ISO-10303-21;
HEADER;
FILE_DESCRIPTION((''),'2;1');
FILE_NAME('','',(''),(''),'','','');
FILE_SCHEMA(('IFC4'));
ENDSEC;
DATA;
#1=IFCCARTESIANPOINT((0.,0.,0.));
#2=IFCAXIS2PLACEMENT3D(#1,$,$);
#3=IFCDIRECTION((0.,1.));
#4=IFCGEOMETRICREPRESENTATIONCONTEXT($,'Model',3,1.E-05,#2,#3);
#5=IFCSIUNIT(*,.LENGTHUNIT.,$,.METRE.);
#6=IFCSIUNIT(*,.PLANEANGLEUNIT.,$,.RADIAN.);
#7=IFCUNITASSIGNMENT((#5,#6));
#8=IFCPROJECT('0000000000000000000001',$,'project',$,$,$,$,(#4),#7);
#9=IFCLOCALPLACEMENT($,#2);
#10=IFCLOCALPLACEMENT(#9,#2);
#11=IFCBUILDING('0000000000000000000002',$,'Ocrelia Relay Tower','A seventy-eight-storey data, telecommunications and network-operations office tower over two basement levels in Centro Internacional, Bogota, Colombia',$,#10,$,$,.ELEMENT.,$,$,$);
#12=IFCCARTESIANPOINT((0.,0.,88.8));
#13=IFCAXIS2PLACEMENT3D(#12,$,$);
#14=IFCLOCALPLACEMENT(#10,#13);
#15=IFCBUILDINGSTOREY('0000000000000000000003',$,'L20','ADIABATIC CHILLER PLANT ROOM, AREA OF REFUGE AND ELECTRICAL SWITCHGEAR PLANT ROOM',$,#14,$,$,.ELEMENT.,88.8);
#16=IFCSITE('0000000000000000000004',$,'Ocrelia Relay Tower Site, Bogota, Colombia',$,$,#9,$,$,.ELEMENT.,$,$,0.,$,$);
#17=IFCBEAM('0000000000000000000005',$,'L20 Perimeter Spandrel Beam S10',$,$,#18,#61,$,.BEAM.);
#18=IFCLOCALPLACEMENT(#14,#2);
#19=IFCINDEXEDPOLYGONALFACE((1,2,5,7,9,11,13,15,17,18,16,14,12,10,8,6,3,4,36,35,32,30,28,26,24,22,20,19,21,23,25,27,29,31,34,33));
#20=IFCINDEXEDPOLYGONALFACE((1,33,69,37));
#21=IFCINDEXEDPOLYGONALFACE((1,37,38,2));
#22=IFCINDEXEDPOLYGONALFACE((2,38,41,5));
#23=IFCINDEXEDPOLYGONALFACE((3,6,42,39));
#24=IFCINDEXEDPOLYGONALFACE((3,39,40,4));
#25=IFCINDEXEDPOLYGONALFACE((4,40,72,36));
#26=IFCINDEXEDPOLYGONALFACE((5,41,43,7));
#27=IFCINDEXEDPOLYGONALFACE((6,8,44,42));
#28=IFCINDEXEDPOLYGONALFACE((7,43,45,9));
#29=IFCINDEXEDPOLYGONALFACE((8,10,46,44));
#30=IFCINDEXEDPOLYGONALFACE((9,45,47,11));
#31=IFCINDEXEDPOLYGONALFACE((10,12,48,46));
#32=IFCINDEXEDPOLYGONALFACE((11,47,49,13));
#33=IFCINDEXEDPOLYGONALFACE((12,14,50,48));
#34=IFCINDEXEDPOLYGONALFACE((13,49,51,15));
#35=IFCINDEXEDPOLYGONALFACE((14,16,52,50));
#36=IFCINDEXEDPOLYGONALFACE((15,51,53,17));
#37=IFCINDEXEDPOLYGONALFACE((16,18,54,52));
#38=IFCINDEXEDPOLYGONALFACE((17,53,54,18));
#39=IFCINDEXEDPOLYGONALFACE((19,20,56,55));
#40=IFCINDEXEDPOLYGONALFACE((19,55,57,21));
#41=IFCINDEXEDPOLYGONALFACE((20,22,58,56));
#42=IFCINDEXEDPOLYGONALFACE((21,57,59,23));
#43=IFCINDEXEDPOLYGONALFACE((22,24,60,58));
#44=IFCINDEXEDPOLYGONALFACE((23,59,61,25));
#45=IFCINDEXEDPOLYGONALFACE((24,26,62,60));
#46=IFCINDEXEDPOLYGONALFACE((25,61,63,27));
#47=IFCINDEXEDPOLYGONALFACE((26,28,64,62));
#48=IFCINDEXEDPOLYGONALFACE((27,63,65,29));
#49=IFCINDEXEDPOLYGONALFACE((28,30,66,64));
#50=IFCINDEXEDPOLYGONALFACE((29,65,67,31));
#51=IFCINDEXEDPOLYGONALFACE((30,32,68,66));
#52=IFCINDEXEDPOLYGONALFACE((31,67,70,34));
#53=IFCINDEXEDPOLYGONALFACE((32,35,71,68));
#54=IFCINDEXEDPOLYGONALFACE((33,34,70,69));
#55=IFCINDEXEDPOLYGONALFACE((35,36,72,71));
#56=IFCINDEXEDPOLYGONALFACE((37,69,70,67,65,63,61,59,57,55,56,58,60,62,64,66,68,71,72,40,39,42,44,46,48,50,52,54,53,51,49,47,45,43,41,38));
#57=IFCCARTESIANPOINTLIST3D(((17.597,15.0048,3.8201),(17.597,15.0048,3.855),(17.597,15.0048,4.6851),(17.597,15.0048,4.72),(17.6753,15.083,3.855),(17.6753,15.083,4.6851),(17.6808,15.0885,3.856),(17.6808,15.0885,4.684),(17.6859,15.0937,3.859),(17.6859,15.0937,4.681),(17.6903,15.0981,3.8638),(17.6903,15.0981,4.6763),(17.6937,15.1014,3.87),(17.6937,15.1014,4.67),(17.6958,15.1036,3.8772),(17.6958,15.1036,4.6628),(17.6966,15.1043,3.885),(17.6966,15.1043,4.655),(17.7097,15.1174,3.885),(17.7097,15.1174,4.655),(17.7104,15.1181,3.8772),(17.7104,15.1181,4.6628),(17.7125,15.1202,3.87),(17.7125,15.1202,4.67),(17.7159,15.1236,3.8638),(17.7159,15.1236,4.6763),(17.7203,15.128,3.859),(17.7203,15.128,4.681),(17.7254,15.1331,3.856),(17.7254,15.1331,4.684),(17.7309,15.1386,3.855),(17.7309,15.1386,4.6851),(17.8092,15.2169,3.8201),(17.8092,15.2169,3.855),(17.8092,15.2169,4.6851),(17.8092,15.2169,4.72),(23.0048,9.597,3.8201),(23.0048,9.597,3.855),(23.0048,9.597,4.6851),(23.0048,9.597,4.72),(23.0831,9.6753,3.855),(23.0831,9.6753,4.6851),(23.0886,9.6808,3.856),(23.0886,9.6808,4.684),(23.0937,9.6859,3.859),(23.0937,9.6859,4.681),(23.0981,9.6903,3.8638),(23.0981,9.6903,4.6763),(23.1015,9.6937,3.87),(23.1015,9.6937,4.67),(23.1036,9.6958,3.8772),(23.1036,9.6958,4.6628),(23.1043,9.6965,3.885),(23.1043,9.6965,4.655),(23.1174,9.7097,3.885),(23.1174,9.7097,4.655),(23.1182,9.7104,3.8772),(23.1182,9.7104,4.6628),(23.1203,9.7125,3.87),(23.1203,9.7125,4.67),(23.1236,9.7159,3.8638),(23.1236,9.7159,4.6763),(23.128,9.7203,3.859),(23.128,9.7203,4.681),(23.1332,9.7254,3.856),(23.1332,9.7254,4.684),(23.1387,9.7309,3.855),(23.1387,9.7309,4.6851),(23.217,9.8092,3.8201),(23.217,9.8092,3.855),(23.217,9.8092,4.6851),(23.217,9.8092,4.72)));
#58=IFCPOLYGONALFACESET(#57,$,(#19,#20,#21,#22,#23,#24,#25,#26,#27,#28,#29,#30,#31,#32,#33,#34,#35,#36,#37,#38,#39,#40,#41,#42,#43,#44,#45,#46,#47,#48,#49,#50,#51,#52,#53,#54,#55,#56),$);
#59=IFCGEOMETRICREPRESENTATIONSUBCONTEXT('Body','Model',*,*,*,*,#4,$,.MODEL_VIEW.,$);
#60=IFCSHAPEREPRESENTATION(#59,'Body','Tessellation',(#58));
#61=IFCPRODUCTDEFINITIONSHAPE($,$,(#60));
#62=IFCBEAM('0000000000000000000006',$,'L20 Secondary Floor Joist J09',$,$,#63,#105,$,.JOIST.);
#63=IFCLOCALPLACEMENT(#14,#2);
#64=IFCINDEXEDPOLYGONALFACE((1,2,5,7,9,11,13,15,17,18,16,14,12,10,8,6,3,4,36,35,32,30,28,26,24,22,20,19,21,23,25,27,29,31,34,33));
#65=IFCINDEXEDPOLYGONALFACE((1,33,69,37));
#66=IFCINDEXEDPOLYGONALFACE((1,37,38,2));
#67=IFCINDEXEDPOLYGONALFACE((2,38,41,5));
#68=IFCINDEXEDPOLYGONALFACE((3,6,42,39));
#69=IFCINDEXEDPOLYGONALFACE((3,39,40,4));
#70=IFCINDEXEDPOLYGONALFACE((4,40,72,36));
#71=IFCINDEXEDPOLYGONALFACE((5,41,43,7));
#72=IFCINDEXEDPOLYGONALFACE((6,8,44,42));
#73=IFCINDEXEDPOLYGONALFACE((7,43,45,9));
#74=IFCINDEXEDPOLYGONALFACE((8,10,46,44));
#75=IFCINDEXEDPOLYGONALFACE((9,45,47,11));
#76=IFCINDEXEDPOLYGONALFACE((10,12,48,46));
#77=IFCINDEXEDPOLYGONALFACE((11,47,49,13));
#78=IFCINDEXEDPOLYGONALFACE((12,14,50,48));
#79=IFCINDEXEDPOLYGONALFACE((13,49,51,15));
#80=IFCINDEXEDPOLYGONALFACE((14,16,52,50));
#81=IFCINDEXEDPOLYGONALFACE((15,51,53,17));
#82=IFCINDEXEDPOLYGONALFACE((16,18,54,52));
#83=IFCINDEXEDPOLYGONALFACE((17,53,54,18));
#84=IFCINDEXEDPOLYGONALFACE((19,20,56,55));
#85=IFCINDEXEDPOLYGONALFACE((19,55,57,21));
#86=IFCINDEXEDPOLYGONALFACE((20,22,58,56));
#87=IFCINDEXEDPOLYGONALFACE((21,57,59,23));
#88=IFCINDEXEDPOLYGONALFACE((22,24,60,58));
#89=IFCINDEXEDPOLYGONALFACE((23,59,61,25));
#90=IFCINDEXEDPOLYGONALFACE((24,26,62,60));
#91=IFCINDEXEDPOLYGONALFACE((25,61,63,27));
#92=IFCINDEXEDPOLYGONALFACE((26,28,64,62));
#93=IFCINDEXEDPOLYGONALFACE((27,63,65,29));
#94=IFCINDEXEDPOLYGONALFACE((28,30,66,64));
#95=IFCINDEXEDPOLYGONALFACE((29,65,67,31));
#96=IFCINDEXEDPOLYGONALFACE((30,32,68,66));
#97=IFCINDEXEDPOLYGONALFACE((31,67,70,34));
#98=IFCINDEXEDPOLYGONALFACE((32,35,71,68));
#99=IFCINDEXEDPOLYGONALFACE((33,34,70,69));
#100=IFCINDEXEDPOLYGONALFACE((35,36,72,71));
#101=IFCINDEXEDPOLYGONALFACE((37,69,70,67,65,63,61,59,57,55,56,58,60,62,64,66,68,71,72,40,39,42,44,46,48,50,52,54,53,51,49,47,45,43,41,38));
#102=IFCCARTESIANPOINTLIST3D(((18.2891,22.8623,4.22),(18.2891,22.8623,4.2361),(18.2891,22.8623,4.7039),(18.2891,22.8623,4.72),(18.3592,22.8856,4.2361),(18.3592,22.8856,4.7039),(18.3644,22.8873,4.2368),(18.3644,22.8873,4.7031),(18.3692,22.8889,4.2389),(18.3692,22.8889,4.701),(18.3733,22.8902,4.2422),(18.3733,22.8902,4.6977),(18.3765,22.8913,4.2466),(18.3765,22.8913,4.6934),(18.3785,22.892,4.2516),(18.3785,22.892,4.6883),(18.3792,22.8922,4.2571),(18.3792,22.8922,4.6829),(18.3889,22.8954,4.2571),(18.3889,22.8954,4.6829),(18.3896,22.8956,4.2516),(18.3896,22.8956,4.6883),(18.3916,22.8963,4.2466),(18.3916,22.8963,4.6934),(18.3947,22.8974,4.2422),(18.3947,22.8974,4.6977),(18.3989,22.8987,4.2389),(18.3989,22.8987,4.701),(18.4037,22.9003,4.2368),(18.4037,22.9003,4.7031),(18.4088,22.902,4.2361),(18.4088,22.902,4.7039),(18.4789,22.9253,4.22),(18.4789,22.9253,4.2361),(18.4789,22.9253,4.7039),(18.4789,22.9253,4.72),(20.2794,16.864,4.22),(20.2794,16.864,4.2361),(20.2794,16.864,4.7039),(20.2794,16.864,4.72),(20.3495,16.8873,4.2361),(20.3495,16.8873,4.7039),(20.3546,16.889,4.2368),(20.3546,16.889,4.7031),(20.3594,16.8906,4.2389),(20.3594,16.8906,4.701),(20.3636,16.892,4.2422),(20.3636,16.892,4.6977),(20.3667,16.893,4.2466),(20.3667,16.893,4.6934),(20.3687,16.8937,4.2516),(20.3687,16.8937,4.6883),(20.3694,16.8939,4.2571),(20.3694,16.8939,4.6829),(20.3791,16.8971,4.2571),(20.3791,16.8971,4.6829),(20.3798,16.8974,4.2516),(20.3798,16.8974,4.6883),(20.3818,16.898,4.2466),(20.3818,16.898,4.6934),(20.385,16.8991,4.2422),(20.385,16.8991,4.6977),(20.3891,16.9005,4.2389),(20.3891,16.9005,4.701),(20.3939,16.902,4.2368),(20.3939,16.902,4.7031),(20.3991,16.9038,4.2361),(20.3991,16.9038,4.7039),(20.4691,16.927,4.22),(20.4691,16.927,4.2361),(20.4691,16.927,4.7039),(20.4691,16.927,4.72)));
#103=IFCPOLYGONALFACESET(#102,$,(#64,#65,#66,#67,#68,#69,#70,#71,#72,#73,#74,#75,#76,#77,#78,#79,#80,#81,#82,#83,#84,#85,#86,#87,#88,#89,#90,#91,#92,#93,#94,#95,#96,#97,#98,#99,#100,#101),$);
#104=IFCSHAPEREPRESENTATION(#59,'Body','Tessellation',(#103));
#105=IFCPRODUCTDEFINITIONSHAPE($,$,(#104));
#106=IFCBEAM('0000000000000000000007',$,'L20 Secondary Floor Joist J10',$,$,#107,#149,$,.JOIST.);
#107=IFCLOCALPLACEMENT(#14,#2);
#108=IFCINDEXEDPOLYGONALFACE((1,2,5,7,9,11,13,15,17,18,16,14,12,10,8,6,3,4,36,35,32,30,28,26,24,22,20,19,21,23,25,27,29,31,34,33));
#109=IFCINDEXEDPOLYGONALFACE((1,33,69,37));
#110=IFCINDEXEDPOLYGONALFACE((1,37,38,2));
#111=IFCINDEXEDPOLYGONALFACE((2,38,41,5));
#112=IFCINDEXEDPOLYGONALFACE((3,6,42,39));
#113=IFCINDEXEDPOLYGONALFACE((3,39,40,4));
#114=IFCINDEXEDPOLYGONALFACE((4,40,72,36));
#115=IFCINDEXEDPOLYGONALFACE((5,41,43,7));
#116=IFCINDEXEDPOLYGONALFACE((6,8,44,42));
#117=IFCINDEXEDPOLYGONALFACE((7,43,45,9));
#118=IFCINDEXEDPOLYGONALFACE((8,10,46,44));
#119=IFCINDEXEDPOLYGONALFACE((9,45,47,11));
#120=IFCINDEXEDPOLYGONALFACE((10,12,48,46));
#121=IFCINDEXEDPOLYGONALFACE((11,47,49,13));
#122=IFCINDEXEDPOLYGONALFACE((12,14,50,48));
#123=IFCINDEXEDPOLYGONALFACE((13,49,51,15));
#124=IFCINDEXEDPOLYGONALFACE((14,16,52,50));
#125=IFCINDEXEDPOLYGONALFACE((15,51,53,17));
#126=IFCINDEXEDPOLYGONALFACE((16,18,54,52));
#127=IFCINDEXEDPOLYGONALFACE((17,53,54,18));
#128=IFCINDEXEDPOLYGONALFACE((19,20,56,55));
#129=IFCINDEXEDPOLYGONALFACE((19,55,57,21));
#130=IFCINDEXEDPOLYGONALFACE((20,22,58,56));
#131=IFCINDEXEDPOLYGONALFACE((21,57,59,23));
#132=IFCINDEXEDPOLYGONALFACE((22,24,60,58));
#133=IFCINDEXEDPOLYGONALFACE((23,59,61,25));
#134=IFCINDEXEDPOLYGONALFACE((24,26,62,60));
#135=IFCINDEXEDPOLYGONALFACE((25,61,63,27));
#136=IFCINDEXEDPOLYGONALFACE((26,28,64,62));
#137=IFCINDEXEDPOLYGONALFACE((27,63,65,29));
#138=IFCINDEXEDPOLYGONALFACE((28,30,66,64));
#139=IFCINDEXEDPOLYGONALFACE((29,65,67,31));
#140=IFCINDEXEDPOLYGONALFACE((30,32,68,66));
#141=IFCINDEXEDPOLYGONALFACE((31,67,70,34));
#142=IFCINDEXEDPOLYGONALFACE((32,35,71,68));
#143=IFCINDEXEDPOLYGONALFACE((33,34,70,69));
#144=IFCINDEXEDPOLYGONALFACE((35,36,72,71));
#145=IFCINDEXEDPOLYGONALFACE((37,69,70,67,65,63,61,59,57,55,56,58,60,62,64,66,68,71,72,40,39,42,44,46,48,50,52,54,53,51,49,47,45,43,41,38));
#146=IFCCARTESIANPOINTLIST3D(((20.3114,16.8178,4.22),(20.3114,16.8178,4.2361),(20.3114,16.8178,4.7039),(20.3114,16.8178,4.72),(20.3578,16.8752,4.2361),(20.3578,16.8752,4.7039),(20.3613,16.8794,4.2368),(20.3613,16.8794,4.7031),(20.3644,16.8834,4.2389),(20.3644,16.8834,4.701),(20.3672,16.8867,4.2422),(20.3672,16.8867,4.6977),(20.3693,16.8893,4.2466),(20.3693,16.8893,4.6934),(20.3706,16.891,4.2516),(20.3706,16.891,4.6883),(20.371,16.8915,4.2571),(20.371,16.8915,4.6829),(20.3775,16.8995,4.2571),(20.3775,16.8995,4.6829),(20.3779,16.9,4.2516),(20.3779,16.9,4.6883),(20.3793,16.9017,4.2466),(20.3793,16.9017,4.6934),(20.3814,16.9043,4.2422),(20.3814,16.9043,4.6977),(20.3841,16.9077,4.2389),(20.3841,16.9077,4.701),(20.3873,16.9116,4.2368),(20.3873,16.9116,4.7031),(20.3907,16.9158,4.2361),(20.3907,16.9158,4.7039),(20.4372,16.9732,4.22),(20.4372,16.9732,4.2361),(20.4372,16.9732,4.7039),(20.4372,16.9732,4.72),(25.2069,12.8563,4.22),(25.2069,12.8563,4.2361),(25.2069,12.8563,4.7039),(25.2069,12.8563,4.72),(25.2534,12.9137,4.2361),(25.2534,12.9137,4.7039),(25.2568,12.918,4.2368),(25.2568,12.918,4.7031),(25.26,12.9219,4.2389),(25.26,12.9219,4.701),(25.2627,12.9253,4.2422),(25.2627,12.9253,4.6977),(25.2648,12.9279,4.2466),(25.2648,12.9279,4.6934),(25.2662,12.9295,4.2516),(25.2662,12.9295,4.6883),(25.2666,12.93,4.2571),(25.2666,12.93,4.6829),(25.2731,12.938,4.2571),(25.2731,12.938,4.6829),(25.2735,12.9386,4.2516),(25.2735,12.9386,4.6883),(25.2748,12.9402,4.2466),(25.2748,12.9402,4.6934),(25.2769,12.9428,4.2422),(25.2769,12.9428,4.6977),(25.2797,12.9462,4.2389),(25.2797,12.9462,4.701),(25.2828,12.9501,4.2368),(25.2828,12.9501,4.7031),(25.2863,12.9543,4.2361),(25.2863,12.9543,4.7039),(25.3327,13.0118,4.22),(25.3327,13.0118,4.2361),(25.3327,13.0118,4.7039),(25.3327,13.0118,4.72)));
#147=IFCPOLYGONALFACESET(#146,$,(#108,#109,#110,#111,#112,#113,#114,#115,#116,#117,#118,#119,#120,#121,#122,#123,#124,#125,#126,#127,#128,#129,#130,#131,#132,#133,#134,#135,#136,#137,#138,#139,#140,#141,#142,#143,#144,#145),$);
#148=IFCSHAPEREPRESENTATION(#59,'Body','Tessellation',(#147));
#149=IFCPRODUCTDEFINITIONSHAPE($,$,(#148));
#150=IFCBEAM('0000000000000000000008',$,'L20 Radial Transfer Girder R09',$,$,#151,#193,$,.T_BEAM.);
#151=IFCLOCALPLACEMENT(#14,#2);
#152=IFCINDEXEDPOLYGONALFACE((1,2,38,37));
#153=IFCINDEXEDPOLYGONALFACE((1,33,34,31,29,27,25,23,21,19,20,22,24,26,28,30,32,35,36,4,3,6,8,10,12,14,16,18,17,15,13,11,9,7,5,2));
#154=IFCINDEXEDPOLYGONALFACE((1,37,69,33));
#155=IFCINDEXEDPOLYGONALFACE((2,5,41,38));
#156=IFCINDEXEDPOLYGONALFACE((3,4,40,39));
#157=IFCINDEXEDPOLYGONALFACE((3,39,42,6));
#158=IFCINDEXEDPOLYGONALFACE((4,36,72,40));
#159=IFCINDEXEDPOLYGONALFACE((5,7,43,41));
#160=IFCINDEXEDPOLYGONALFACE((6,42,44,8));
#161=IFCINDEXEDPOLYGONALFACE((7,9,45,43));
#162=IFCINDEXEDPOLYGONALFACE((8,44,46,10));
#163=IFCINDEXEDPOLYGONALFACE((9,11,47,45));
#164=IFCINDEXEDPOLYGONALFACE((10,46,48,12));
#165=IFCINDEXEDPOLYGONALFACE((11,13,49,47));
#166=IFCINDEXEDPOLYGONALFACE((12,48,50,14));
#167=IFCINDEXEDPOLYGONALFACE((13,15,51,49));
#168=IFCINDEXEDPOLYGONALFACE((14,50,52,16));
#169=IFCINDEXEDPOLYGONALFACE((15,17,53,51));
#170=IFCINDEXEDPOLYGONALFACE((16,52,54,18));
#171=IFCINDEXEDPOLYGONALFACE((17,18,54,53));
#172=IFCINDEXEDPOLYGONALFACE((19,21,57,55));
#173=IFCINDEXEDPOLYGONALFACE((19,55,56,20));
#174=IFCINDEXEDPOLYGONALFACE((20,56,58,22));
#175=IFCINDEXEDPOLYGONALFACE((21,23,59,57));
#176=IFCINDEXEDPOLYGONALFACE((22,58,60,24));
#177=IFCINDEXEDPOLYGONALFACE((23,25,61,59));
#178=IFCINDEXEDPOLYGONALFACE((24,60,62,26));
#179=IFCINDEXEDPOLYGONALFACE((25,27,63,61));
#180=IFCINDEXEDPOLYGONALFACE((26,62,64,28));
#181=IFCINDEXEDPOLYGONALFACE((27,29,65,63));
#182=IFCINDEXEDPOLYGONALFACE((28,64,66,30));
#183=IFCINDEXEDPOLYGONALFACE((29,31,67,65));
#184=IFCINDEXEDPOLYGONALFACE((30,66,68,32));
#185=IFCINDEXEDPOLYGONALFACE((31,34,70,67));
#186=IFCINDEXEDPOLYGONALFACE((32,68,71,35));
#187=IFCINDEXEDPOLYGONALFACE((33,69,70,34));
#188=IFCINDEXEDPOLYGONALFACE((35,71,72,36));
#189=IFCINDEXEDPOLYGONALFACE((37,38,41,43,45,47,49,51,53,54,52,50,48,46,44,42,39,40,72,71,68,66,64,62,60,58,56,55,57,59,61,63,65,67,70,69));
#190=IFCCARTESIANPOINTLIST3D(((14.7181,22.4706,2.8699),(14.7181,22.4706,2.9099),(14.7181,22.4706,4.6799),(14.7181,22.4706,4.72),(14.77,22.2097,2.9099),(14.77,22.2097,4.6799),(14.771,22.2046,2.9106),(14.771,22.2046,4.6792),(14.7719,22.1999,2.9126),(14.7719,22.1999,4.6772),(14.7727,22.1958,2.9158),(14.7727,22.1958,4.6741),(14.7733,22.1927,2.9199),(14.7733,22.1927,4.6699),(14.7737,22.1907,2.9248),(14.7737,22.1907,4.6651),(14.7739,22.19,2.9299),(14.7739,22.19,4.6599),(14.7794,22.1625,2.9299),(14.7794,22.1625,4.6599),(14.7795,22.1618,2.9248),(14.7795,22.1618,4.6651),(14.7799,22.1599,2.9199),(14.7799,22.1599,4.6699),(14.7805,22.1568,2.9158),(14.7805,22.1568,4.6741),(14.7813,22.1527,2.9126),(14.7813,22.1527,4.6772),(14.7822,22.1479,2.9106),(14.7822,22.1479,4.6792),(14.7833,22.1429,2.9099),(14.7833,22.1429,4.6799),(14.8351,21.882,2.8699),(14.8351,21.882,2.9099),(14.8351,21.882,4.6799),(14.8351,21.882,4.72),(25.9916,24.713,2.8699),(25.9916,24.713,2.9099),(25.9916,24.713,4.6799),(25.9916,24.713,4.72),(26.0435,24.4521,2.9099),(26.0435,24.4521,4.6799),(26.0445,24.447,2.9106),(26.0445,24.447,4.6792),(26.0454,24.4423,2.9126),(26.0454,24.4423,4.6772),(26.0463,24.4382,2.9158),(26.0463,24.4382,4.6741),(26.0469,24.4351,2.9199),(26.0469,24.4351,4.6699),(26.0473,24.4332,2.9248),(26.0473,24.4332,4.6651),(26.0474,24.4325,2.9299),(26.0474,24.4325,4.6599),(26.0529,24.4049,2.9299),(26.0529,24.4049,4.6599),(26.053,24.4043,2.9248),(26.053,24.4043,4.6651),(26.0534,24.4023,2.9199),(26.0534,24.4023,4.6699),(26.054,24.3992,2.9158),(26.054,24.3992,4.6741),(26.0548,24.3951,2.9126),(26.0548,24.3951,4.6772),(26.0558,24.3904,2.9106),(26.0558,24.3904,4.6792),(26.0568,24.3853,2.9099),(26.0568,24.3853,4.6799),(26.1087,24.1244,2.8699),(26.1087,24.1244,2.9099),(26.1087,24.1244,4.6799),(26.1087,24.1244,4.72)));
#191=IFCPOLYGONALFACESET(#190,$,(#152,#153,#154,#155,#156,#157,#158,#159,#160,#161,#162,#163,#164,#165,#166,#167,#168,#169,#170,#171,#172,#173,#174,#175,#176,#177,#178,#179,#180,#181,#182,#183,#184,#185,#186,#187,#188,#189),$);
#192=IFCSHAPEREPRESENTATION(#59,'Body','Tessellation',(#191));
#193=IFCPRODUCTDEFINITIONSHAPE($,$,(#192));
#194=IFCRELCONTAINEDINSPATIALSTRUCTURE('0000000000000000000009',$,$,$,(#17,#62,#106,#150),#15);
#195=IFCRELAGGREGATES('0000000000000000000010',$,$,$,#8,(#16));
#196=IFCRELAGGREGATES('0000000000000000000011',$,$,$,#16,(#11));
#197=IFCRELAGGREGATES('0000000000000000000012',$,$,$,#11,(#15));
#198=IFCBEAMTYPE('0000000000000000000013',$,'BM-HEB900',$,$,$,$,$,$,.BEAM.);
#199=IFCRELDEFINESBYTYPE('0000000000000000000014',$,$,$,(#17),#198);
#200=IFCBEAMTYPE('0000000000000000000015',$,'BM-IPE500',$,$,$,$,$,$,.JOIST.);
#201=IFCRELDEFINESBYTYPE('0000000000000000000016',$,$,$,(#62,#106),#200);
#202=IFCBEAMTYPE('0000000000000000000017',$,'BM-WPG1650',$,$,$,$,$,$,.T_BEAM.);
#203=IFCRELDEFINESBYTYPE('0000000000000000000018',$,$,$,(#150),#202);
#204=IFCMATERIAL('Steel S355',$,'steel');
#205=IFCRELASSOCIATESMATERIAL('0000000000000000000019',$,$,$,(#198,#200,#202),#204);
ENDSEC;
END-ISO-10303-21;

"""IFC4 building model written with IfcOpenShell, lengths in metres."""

from ifc_helpers import new_model, si_unit, direction, frame, origin, origin_2d, place, context, subcontext, project, spatial, i_section, extrude, material, material_profile, profile_set, type_object, element, save


model = new_model("IFC4")

# Units and contexts
model_context = context("Model", 3, precision=1e-05, world=origin(), true_north=direction((0.0, 1.0)))
body_context = subcontext(model_context, "Body", "Model", "MODEL_VIEW")
ifc_project = project(units=[si_unit("LENGTHUNIT", "METRE"), si_unit("PLANEANGLEUNIT", "RADIAN")], contexts=[model_context])

# Site, building, storey
site_placement = place(None, origin())
site = spatial("IfcSite", under=ifc_project, at=site_placement, Name="Ocrelia Relay Tower Site, Bogota, Colombia", CompositionType="ELEMENT", RefElevation=0.0)
building_placement = place(site_placement, origin())
building = spatial("IfcBuilding", under=site, at=building_placement, Name="Ocrelia Relay Tower", Description="A seventy-eight-storey data, telecommunications and network-operations office tower over two basement levels in Centro Internacional, Bogota, Colombia", CompositionType="ELEMENT")
storey_placement = place(building_placement, frame((0.0, 0.0, 88.8)))
storey = spatial("IfcBuildingStorey", under=building, at=storey_placement, Name="L20", Description="ADIABATIC CHILLER PLANT ROOM, AREA OF REFUGE AND ELECTRICAL SWITCHGEAR PLANT ROOM", CompositionType="ELEMENT", Elevation=88.8)

# Beams
ifc_material_1 = material(Name="Steel S355", Category="steel")
ifc_material_profile_1 = material_profile(ifc_material_1, i_section(OverallWidth=0.3, OverallDepth=0.8999, WebThickness=0.0186, FlangeThickness=0.0349, FilletRadius=0.03, at=origin_2d()), Name="HEB 900")
ifc_profile_set_1 = profile_set([ifc_material_profile_1], Name="Steel S355")
beam_type_1 = type_object("IfcBeamType", Name="BM-HEB900", PredefinedType="BEAM", material=ifc_profile_set_1)
beam_1_placement = place(storey_placement, frame((17.7031, 15.1108, 4.27), z_axis=(0.707107, -0.707107, 0.0), x_axis=(0.707107, 0.707107, 0.0)))
element("IfcBeam", 1, at=beam_1_placement, inside=storey, type_object=beam_type_1, Name="L20 Perimeter Spandrel Beam S10", PredefinedType="BEAM", context=body_context, shape_type="SweptSolid", body=[
    extrude(i_section(OverallWidth=0.3, OverallDepth=0.8999, WebThickness=0.0186, FlangeThickness=0.0349, FilletRadius=0.03, at=origin_2d()), origin(), (0.0, 0.0, 1.0), 7.6477),
])
ifc_material_profile_2 = material_profile(ifc_material_1, i_section(OverallWidth=0.2, OverallDepth=0.5, WebThickness=0.0103, FlangeThickness=0.0161, FilletRadius=0.021, at=origin_2d()), Name="IPE 500")
ifc_profile_set_2 = profile_set([ifc_material_profile_2], Name="Steel S355")
beam_type_2 = type_object("IfcBeamType", Name="BM-IPE500", PredefinedType="JOIST", material=ifc_profile_set_2)
beam_2_placement = place(storey_placement, frame((18.384, 22.8938, 4.47), z_axis=(0.314918, -0.949119, 0.0), x_axis=(0.949119, 0.314918, 0.0)))
element("IfcBeam", 2, at=beam_2_placement, inside=storey, type_object=beam_type_2, Name="L20 Secondary Floor Joist J09", PredefinedType="JOIST", context=body_context, shape_type="SweptSolid", body=[
    extrude(i_section(OverallWidth=0.2, OverallDepth=0.5, WebThickness=0.0103, FlangeThickness=0.0161, FilletRadius=0.021, at=origin_2d()), origin(), (0.0, 0.0, 1.0), 6.3198),
])
beam_3_placement = place(storey_placement, frame((20.3743, 16.8955, 4.47), z_axis=(0.777369, -0.629044, 0.0), x_axis=(0.629044, 0.777369, 0.0)))
element("IfcBeam", 3, at=beam_3_placement, inside=storey, type_object=beam_type_2, Name="L20 Secondary Floor Joist J10", PredefinedType="JOIST", context=body_context, shape_type="SweptSolid", body=[
    extrude(i_section(OverallWidth=0.2, OverallDepth=0.5, WebThickness=0.0103, FlangeThickness=0.0161, FilletRadius=0.021, at=origin_2d()), origin(), (0.0, 0.0, 1.0), 6.2976),
])
ifc_material_profile_3 = material_profile(ifc_material_1, i_section(OverallWidth=0.6001, OverallDepth=1.8501, WebThickness=0.0281, FlangeThickness=0.04, FilletRadius=0.02, at=origin_2d()), Name="WPG 1850x600")
ifc_profile_set_3 = profile_set([ifc_material_profile_3], Name="Steel S355")
beam_type_3 = type_object("IfcBeamType", Name="BM-WPG1650", PredefinedType="T_BEAM", material=ifc_profile_set_3)
beam_4_placement = place(storey_placement, frame((14.7766, 22.1763, 3.7949), z_axis=(0.980785, 0.195091, 0.0), x_axis=(-0.195091, 0.980785, 0.0)))
element("IfcBeam", 4, at=beam_4_placement, inside=storey, type_object=beam_type_3, Name="L20 Radial Transfer Girder R09", PredefinedType="T_BEAM", context=body_context, shape_type="SweptSolid", body=[
    extrude(i_section(OverallWidth=0.6001, OverallDepth=1.8501, WebThickness=0.0281, FlangeThickness=0.04, FilletRadius=0.02, at=origin_2d()), origin(), (0.0, 0.0, 1.0), 11.4944),
])

save(model, "model.ifc")
